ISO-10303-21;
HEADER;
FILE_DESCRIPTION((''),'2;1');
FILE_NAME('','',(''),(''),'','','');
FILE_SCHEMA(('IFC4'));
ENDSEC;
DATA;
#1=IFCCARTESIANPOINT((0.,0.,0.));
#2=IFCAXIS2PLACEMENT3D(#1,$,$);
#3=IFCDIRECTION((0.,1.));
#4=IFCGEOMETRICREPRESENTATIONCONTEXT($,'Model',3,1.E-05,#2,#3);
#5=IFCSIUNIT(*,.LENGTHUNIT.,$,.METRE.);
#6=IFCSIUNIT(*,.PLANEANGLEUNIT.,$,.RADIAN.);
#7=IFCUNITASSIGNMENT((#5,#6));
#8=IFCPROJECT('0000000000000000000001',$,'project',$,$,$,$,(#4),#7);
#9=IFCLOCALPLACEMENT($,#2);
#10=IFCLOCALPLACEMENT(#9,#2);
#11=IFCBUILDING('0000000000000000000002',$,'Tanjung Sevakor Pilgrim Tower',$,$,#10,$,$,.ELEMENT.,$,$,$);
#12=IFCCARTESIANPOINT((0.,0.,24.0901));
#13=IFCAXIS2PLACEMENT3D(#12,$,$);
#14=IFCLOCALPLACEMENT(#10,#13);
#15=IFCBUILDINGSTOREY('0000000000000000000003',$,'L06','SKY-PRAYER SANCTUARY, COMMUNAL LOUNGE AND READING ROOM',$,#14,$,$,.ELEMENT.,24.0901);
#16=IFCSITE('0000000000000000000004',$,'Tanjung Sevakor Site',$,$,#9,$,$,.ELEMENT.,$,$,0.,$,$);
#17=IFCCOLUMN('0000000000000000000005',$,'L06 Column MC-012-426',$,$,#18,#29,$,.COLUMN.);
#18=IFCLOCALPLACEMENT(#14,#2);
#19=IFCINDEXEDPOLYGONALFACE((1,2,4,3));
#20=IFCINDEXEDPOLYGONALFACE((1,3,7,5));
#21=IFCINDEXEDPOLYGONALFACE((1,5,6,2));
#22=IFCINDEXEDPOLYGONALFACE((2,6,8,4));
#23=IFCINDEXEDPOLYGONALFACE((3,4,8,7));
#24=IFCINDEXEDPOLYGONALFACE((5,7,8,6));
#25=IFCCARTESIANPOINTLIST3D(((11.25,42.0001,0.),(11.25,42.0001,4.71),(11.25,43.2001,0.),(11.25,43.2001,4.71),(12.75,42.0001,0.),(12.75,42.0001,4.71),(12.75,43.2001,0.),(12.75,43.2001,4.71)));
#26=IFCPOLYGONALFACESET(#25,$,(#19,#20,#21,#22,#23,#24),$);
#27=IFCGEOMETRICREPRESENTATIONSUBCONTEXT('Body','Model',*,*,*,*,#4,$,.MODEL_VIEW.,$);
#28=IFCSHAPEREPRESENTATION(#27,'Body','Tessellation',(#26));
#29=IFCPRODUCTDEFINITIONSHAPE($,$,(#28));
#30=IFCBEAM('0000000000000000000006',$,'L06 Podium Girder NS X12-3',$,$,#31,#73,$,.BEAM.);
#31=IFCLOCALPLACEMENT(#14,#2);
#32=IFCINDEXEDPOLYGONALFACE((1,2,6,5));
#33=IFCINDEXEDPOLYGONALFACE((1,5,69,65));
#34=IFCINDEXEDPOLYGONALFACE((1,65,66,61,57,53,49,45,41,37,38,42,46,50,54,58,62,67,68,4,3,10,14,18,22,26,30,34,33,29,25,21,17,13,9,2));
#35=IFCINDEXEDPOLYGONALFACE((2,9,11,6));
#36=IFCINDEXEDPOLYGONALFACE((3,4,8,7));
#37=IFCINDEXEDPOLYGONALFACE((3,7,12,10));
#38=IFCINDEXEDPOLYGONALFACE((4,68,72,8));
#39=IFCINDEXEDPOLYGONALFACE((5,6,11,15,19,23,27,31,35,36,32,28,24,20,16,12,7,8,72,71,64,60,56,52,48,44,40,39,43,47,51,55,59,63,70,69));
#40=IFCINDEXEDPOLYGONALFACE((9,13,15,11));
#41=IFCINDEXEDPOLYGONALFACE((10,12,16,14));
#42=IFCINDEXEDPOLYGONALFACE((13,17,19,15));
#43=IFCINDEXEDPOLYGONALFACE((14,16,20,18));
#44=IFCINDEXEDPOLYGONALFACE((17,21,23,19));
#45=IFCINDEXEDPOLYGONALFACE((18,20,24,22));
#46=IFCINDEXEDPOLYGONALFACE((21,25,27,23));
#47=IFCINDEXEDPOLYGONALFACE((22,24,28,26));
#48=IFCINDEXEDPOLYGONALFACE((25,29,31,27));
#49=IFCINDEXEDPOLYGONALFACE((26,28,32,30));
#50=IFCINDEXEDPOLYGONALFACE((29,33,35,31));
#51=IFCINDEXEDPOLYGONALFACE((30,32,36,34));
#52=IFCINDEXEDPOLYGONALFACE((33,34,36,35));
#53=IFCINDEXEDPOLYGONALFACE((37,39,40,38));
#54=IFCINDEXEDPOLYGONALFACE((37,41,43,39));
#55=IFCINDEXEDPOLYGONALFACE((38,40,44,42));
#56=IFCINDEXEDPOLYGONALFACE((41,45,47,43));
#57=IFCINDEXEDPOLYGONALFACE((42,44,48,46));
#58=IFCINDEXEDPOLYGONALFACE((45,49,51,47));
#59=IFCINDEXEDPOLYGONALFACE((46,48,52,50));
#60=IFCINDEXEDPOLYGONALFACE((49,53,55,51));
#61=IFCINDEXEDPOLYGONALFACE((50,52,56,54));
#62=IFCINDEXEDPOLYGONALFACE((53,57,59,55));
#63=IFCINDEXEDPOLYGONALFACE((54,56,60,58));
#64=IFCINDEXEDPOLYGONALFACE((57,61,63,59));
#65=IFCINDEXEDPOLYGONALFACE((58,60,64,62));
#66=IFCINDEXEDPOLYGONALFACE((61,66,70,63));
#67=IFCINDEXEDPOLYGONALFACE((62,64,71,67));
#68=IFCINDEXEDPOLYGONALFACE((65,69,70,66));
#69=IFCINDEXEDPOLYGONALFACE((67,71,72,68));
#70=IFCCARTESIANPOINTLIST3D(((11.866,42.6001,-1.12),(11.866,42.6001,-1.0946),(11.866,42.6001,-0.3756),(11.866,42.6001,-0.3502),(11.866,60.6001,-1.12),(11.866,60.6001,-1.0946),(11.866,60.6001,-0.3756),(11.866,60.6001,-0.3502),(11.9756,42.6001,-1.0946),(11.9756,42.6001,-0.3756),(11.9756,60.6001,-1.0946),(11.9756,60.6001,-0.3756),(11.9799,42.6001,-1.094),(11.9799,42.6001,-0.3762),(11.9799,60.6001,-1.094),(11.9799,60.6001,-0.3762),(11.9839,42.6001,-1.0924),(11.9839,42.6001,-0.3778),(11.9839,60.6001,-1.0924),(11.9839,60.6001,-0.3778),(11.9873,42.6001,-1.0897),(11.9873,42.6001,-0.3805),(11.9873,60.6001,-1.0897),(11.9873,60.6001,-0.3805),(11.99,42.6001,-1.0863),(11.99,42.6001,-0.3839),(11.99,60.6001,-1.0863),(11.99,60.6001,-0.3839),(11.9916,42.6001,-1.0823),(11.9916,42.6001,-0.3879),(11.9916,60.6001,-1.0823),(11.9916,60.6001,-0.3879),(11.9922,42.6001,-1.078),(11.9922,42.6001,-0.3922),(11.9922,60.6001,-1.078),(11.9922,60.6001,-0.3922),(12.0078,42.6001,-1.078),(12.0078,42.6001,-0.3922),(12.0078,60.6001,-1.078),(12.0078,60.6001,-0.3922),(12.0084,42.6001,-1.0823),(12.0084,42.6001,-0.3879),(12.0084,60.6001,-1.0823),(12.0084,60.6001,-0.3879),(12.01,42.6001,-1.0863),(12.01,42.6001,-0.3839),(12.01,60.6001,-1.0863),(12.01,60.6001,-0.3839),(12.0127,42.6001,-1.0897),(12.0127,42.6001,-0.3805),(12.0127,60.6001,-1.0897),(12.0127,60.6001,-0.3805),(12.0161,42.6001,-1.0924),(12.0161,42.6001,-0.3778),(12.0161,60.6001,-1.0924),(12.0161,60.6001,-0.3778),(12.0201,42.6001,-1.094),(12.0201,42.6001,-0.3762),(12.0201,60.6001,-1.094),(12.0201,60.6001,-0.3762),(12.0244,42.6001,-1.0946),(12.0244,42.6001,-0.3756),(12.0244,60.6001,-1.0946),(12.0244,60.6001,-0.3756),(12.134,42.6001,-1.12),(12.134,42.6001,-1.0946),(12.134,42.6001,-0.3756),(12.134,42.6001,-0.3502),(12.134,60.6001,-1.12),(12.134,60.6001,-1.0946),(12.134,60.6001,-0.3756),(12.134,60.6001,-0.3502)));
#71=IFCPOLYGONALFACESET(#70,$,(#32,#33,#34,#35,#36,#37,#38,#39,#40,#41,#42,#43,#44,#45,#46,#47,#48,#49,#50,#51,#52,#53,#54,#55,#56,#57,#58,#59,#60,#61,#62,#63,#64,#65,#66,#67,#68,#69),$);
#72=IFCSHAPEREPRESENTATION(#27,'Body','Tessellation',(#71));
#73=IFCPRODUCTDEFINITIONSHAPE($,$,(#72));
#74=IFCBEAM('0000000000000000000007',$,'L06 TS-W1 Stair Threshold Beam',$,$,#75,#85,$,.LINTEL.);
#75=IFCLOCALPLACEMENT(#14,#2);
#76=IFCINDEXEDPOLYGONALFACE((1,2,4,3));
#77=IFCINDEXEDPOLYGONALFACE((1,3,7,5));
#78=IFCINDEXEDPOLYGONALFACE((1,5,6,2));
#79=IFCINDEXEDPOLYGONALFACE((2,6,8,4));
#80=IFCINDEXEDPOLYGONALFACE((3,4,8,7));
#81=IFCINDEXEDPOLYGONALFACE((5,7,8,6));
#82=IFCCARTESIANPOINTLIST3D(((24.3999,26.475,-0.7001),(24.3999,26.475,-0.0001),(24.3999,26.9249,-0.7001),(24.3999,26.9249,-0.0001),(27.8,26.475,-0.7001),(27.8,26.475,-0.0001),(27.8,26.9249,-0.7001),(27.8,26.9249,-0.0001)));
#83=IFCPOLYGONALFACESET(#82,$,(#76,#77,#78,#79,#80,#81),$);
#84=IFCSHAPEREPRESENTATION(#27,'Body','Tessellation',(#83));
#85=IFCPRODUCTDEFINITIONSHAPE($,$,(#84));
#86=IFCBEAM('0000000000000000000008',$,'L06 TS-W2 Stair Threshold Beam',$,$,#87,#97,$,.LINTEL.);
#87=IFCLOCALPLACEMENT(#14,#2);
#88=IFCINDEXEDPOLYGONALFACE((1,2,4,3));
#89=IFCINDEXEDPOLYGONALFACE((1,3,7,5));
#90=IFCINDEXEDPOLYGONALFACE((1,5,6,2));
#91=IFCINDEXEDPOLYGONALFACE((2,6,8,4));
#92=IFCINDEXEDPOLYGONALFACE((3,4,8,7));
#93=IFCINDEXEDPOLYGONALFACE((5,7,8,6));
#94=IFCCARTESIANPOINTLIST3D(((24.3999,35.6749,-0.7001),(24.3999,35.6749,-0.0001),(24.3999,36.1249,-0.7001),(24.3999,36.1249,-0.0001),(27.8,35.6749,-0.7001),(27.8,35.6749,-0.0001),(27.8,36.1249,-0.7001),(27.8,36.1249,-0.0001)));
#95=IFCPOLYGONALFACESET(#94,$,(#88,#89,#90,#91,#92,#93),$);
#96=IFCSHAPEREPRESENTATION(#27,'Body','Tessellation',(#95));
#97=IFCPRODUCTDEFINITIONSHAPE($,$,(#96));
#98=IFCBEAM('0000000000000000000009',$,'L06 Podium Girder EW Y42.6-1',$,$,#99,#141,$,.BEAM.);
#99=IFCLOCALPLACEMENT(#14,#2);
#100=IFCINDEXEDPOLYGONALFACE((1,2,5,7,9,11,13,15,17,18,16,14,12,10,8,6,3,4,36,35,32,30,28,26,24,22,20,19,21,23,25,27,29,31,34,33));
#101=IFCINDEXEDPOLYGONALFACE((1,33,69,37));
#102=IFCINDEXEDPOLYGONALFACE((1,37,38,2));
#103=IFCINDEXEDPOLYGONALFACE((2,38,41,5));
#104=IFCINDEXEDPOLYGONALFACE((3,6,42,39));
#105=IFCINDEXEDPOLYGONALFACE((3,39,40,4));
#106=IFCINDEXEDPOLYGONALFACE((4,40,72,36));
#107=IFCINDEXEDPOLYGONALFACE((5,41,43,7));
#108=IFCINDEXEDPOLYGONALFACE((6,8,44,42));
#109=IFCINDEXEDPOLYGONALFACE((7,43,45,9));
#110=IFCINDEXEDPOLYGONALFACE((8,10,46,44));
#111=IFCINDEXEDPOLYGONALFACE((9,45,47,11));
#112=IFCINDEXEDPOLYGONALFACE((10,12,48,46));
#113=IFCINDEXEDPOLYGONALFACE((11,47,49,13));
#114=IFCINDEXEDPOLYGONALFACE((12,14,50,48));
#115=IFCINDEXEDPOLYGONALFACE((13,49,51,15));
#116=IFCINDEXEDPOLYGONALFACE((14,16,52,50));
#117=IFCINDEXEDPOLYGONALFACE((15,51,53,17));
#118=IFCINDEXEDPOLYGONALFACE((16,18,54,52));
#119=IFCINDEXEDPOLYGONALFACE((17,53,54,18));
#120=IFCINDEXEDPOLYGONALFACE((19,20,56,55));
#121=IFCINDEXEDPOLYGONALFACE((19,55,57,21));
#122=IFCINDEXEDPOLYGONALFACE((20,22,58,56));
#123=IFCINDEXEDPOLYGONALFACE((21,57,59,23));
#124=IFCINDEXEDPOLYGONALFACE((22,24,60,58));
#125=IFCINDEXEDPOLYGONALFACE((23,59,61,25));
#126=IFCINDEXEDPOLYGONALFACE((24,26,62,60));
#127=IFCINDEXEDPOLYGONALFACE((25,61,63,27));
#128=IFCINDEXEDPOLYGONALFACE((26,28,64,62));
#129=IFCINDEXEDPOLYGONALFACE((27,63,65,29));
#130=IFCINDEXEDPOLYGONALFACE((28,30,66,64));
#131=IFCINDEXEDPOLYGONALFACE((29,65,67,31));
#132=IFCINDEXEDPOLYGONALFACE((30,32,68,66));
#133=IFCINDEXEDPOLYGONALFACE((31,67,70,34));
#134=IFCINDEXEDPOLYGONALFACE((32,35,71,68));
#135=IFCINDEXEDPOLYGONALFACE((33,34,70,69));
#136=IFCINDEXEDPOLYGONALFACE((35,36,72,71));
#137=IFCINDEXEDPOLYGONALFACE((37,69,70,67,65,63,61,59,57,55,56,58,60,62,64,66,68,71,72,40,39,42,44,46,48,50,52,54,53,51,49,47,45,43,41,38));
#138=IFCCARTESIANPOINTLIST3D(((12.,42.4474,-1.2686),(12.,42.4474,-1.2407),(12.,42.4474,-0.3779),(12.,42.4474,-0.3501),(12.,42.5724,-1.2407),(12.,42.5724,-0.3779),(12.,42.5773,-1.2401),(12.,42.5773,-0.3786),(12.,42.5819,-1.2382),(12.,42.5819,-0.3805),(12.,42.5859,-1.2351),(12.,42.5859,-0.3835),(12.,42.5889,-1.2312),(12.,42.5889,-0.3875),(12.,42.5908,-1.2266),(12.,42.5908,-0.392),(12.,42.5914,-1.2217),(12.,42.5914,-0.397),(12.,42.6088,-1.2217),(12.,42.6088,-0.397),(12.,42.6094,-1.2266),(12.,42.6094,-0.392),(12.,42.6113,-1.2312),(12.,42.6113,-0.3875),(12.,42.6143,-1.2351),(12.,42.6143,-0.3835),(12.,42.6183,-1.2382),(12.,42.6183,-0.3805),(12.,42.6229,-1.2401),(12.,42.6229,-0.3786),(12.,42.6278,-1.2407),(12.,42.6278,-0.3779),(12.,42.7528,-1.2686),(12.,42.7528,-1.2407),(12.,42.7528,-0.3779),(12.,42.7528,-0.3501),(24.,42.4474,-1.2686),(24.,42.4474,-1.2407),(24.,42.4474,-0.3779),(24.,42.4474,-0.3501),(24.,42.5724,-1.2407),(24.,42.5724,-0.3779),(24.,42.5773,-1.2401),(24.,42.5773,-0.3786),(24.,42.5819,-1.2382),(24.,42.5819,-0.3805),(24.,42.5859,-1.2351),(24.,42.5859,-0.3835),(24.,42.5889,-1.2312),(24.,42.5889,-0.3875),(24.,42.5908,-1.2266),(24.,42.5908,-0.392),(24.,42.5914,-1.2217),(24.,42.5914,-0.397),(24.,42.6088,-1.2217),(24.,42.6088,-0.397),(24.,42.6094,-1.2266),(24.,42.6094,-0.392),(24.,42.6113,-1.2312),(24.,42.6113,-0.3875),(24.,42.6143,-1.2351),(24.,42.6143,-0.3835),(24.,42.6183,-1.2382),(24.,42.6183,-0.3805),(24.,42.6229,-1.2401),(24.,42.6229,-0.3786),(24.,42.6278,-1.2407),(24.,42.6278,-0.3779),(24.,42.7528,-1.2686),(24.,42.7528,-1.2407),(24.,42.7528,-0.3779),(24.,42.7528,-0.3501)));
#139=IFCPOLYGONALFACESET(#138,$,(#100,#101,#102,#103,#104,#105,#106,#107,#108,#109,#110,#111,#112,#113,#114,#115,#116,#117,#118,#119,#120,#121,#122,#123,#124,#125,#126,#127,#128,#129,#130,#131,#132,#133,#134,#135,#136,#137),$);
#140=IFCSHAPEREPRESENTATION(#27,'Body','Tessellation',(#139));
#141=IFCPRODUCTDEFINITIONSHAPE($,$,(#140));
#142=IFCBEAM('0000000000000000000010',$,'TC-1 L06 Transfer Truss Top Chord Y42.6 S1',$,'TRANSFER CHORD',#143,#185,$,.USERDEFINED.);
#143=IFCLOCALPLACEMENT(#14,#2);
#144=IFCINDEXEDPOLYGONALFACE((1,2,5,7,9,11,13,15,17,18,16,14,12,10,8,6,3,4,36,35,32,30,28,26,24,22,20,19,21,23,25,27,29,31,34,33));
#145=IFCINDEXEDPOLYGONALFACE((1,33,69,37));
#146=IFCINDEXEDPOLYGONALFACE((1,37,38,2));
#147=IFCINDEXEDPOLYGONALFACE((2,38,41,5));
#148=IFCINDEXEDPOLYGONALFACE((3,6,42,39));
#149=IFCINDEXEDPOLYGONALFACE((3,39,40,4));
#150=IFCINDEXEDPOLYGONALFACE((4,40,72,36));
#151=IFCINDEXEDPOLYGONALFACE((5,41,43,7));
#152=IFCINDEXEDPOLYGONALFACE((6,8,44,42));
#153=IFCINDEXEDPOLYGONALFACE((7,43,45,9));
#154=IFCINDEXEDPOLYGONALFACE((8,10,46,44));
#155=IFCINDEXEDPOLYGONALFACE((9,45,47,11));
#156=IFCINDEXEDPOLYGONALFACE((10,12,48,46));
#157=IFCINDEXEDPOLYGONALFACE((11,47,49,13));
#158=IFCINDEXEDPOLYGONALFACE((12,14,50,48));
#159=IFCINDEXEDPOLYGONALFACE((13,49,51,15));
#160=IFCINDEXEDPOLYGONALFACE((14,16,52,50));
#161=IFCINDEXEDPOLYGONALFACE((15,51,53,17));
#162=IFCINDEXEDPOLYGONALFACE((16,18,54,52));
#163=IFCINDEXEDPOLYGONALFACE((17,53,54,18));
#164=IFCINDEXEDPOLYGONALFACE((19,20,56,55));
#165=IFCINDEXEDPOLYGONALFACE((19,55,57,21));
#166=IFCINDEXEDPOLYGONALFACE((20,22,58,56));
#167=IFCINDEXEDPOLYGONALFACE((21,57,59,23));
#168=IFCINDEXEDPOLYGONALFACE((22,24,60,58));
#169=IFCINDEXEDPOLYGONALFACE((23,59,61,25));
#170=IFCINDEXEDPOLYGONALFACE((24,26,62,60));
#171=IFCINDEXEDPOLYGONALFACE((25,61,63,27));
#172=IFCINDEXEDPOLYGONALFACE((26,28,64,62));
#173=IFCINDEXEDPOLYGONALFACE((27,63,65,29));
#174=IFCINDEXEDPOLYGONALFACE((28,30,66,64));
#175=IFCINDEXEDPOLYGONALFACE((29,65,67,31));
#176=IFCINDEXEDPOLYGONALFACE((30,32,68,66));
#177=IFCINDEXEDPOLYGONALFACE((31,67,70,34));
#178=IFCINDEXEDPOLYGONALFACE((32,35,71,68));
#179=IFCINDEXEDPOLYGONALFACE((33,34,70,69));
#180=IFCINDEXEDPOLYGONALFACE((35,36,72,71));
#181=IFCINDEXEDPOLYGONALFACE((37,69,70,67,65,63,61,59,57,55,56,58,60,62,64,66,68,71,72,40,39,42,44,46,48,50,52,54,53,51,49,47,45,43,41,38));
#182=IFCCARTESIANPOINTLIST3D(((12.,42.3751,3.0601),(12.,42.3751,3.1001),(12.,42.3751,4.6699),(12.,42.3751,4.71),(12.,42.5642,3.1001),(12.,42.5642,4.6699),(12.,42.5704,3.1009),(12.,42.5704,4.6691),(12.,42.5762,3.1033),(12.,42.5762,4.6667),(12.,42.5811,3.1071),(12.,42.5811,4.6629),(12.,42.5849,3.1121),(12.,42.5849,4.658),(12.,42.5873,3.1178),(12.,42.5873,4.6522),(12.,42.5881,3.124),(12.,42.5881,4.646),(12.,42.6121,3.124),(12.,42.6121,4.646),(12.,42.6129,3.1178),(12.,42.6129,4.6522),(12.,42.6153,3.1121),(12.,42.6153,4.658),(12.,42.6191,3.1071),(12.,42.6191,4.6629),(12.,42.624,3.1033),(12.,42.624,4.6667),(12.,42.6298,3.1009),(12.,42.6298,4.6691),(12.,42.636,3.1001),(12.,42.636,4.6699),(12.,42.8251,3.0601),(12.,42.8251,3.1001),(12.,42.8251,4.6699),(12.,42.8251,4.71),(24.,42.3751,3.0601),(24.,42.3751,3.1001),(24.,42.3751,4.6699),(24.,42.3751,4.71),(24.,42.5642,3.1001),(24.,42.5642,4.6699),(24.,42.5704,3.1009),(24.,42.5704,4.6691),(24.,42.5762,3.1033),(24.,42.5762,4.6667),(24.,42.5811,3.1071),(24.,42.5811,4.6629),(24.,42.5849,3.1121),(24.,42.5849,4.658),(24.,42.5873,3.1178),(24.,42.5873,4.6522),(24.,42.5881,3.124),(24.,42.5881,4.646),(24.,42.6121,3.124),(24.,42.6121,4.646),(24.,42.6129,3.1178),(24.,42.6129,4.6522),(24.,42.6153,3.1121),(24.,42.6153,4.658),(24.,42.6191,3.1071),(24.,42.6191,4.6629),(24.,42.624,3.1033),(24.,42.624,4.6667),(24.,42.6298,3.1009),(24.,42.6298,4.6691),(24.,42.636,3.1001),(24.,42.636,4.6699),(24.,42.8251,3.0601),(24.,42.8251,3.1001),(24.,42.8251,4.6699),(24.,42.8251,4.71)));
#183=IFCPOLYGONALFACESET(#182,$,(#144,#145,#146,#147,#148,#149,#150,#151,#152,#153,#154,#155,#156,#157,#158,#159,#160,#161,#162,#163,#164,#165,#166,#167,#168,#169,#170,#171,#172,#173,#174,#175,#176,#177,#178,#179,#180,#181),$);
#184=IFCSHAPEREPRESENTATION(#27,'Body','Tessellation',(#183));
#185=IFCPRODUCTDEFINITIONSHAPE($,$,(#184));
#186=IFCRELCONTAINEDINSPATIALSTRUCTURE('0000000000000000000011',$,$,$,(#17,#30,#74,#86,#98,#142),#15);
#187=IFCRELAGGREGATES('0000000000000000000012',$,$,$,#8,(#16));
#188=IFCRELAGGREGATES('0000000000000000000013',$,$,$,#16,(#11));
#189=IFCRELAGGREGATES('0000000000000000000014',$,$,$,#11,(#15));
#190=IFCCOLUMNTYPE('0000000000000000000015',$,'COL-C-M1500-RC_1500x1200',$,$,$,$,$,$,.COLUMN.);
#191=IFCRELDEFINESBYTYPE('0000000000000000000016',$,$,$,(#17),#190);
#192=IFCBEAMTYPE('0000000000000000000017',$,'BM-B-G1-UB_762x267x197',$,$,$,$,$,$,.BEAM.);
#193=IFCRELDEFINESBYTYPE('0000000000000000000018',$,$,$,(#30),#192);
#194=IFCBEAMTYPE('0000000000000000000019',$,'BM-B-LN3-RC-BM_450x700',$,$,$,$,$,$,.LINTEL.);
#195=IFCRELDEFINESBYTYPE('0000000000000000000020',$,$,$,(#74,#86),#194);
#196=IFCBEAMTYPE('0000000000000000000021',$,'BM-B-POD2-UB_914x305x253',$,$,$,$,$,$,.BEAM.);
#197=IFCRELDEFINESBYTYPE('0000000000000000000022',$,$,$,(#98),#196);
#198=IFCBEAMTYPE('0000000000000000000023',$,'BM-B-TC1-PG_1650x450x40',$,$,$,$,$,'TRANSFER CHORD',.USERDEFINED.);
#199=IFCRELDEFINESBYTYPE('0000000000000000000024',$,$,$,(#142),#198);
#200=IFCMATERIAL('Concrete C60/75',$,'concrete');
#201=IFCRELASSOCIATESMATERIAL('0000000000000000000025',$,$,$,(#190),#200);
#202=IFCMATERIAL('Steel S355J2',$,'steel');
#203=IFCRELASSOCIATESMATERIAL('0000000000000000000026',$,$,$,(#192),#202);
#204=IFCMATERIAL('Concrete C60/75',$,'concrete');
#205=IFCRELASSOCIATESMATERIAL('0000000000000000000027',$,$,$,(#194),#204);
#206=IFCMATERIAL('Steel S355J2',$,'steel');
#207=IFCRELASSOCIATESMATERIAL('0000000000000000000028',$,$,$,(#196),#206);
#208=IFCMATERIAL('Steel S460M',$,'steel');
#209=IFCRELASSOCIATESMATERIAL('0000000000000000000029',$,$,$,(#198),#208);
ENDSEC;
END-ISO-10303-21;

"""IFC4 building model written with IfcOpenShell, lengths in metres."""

from ifc_helpers import new_model, si_unit, direction, frame, origin, origin_2d, place, context, subcontext, project, spatial, rectangle, i_section, extrude, material, material_profile, profile_set, type_object, element, save


model = new_model("IFC4")

# Units and contexts
model_context = context("Model", 3, precision=1e-05, world=origin(), true_north=direction((0.0, 1.0)))
body_context = subcontext(model_context, "Body", "Model", "MODEL_VIEW")
ifc_project = project(units=[si_unit("LENGTHUNIT", "METRE"), si_unit("PLANEANGLEUNIT", "RADIAN")], contexts=[model_context])

# Site, building, storey
site_placement = place(None, origin())
site = spatial("IfcSite", under=ifc_project, at=site_placement, Name="Tanjung Sevakor Site", CompositionType="ELEMENT", RefElevation=0.0)
building_placement = place(site_placement, origin())
building = spatial("IfcBuilding", under=site, at=building_placement, Name="Tanjung Sevakor Pilgrim Tower", CompositionType="ELEMENT")
storey_placement = place(building_placement, frame((0.0, 0.0, 24.0901)))
storey = spatial("IfcBuildingStorey", under=building, at=storey_placement, Name="L06", Description="SKY-PRAYER SANCTUARY, COMMUNAL LOUNGE AND READING ROOM", CompositionType="ELEMENT", Elevation=24.0901)

# Column
ifc_material_1 = material(Name="Concrete C60/75", Category="concrete")
ifc_material_profile_1 = material_profile(ifc_material_1, rectangle(XDim=1.5, YDim=1.2, at=origin_2d()))
ifc_profile_set_1 = profile_set([ifc_material_profile_1], Name="Concrete C60/75")
column_type = type_object("IfcColumnType", Name="COL-C-M1500-RC_1500x1200", PredefinedType="COLUMN", material=ifc_profile_set_1)
column_placement = place(storey_placement, frame((12.0, 42.6001, 0.0), z_axis=(0.0, 0.0, 1.0), x_axis=(1.0, 0.0, 0.0)))
element("IfcColumn", 1, at=column_placement, inside=storey, type_object=column_type, Name="L06 Column MC-012-426", PredefinedType="COLUMN", context=body_context, shape_type="SweptSolid", body=[
    extrude(rectangle(XDim=1.5, YDim=1.2, at=origin_2d()), origin(), (0.0, 0.0, 1.0), 4.71),
])

# Beams
ifc_material_2 = material(Name="Steel S355J2", Category="steel")
ifc_material_profile_2 = material_profile(ifc_material_2, i_section(OverallWidth=0.2681, OverallDepth=0.7698, WebThickness=0.0156, FlangeThickness=0.0254, FilletRadius=0.0166, at=origin_2d()))
ifc_profile_set_2 = profile_set([ifc_material_profile_2], Name="Steel S355J2")
beam_type_1 = type_object("IfcBeamType", Name="BM-B-G1-UB_762x267x197", PredefinedType="BEAM", material=ifc_profile_set_2)
beam_1_placement = place(storey_placement, frame((12.0, 42.6001, -0.7351), z_axis=(0.0, 1.0, 0.0), x_axis=(-1.0, 0.0, 0.0)))
element("IfcBeam", 2, at=beam_1_placement, inside=storey, type_object=beam_type_1, Name="L06 Podium Girder NS X12-3", PredefinedType="BEAM", context=body_context, shape_type="SweptSolid", body=[
    extrude(i_section(OverallWidth=0.2681, OverallDepth=0.7698, WebThickness=0.0156, FlangeThickness=0.0254, FilletRadius=0.0166, at=origin_2d()), origin(), (0.0, 0.0, 1.0), 18.0),
])
ifc_material_3 = material(Name="Concrete C60/75", Category="concrete")
ifc_material_profile_3 = material_profile(ifc_material_3, rectangle(XDim=0.45, YDim=0.7, at=origin_2d()))
ifc_profile_set_3 = profile_set([ifc_material_profile_3], Name="Concrete C60/75")
beam_type_2 = type_object("IfcBeamType", Name="BM-B-LN3-RC-BM_450x700", PredefinedType="LINTEL", material=ifc_profile_set_3)
for number, where, z_axis, x_axis, name in (
    (3, (24.3999, 26.7, -0.3501), (1.0, 0.0, 0.0), (0.0, 1.0, 0.0), "L06 TS-W1 Stair Threshold Beam"),
    (4, (24.3999, 35.8999, -0.3501), (1.0, 0.0, 0.0), (0.0, 1.0, 0.0), "L06 TS-W2 Stair Threshold Beam"),
):
    element("IfcBeam", number, at=place(storey_placement, frame(where, z_axis=z_axis, x_axis=x_axis)), inside=storey, type_object=beam_type_2, Name=name, PredefinedType="LINTEL", context=body_context, shape_type="SweptSolid", body=[
        extrude(rectangle(XDim=0.45, YDim=0.7, at=origin_2d()), origin(), (0.0, 0.0, 1.0), 3.4001),
    ])
ifc_material_4 = material(Name="Steel S355J2", Category="steel")
ifc_material_profile_4 = material_profile(ifc_material_4, i_section(OverallWidth=0.3054, OverallDepth=0.9185, WebThickness=0.0173, FlangeThickness=0.0278, FilletRadius=0.019, at=origin_2d()))
ifc_profile_set_4 = profile_set([ifc_material_profile_4], Name="Steel S355J2")
beam_type_3 = type_object("IfcBeamType", Name="BM-B-POD2-UB_914x305x253", PredefinedType="BEAM", material=ifc_profile_set_4)
beam_2_placement = place(storey_placement, frame((12.0, 42.6001, -0.8093), z_axis=(1.0, 0.0, 0.0), x_axis=(0.0, 1.0, 0.0)))
element("IfcBeam", 5, at=beam_2_placement, inside=storey, type_object=beam_type_3, Name="L06 Podium Girder EW Y42.6-1", PredefinedType="BEAM", context=body_context, shape_type="SweptSolid", body=[
    extrude(i_section(OverallWidth=0.3054, OverallDepth=0.9185, WebThickness=0.0173, FlangeThickness=0.0278, FilletRadius=0.019, at=origin_2d()), origin(), (0.0, 0.0, 1.0), 12.0),
])
ifc_material_5 = material(Name="Steel S460M", Category="steel")
ifc_material_profile_5 = material_profile(ifc_material_5, i_section(OverallWidth=0.45, OverallDepth=1.6499, WebThickness=0.0239, FlangeThickness=0.04, FilletRadius=0.0239, at=origin_2d()))
ifc_profile_set_5 = profile_set([ifc_material_profile_5], Name="Steel S460M")
beam_type_4 = type_object("IfcBeamType", Name="BM-B-TC1-PG_1650x450x40", ElementType="TRANSFER CHORD", PredefinedType="USERDEFINED", material=ifc_profile_set_5)
beam_3_placement = place(storey_placement, frame((12.0, 42.6001, 3.885), z_axis=(1.0, 0.0, 0.0), x_axis=(0.0, 1.0, 0.0)))
element("IfcBeam", 6, at=beam_3_placement, inside=storey, type_object=beam_type_4, Name="TC-1 L06 Transfer Truss Top Chord Y42.6 S1", ObjectType="TRANSFER CHORD", PredefinedType="USERDEFINED", context=body_context, shape_type="SweptSolid", body=[
    extrude(i_section(OverallWidth=0.45, OverallDepth=1.6499, WebThickness=0.0239, FlangeThickness=0.04, FilletRadius=0.0239, at=origin_2d()), origin(), (0.0, 0.0, 1.0), 12.0),
])

save(model, "model.ifc")
